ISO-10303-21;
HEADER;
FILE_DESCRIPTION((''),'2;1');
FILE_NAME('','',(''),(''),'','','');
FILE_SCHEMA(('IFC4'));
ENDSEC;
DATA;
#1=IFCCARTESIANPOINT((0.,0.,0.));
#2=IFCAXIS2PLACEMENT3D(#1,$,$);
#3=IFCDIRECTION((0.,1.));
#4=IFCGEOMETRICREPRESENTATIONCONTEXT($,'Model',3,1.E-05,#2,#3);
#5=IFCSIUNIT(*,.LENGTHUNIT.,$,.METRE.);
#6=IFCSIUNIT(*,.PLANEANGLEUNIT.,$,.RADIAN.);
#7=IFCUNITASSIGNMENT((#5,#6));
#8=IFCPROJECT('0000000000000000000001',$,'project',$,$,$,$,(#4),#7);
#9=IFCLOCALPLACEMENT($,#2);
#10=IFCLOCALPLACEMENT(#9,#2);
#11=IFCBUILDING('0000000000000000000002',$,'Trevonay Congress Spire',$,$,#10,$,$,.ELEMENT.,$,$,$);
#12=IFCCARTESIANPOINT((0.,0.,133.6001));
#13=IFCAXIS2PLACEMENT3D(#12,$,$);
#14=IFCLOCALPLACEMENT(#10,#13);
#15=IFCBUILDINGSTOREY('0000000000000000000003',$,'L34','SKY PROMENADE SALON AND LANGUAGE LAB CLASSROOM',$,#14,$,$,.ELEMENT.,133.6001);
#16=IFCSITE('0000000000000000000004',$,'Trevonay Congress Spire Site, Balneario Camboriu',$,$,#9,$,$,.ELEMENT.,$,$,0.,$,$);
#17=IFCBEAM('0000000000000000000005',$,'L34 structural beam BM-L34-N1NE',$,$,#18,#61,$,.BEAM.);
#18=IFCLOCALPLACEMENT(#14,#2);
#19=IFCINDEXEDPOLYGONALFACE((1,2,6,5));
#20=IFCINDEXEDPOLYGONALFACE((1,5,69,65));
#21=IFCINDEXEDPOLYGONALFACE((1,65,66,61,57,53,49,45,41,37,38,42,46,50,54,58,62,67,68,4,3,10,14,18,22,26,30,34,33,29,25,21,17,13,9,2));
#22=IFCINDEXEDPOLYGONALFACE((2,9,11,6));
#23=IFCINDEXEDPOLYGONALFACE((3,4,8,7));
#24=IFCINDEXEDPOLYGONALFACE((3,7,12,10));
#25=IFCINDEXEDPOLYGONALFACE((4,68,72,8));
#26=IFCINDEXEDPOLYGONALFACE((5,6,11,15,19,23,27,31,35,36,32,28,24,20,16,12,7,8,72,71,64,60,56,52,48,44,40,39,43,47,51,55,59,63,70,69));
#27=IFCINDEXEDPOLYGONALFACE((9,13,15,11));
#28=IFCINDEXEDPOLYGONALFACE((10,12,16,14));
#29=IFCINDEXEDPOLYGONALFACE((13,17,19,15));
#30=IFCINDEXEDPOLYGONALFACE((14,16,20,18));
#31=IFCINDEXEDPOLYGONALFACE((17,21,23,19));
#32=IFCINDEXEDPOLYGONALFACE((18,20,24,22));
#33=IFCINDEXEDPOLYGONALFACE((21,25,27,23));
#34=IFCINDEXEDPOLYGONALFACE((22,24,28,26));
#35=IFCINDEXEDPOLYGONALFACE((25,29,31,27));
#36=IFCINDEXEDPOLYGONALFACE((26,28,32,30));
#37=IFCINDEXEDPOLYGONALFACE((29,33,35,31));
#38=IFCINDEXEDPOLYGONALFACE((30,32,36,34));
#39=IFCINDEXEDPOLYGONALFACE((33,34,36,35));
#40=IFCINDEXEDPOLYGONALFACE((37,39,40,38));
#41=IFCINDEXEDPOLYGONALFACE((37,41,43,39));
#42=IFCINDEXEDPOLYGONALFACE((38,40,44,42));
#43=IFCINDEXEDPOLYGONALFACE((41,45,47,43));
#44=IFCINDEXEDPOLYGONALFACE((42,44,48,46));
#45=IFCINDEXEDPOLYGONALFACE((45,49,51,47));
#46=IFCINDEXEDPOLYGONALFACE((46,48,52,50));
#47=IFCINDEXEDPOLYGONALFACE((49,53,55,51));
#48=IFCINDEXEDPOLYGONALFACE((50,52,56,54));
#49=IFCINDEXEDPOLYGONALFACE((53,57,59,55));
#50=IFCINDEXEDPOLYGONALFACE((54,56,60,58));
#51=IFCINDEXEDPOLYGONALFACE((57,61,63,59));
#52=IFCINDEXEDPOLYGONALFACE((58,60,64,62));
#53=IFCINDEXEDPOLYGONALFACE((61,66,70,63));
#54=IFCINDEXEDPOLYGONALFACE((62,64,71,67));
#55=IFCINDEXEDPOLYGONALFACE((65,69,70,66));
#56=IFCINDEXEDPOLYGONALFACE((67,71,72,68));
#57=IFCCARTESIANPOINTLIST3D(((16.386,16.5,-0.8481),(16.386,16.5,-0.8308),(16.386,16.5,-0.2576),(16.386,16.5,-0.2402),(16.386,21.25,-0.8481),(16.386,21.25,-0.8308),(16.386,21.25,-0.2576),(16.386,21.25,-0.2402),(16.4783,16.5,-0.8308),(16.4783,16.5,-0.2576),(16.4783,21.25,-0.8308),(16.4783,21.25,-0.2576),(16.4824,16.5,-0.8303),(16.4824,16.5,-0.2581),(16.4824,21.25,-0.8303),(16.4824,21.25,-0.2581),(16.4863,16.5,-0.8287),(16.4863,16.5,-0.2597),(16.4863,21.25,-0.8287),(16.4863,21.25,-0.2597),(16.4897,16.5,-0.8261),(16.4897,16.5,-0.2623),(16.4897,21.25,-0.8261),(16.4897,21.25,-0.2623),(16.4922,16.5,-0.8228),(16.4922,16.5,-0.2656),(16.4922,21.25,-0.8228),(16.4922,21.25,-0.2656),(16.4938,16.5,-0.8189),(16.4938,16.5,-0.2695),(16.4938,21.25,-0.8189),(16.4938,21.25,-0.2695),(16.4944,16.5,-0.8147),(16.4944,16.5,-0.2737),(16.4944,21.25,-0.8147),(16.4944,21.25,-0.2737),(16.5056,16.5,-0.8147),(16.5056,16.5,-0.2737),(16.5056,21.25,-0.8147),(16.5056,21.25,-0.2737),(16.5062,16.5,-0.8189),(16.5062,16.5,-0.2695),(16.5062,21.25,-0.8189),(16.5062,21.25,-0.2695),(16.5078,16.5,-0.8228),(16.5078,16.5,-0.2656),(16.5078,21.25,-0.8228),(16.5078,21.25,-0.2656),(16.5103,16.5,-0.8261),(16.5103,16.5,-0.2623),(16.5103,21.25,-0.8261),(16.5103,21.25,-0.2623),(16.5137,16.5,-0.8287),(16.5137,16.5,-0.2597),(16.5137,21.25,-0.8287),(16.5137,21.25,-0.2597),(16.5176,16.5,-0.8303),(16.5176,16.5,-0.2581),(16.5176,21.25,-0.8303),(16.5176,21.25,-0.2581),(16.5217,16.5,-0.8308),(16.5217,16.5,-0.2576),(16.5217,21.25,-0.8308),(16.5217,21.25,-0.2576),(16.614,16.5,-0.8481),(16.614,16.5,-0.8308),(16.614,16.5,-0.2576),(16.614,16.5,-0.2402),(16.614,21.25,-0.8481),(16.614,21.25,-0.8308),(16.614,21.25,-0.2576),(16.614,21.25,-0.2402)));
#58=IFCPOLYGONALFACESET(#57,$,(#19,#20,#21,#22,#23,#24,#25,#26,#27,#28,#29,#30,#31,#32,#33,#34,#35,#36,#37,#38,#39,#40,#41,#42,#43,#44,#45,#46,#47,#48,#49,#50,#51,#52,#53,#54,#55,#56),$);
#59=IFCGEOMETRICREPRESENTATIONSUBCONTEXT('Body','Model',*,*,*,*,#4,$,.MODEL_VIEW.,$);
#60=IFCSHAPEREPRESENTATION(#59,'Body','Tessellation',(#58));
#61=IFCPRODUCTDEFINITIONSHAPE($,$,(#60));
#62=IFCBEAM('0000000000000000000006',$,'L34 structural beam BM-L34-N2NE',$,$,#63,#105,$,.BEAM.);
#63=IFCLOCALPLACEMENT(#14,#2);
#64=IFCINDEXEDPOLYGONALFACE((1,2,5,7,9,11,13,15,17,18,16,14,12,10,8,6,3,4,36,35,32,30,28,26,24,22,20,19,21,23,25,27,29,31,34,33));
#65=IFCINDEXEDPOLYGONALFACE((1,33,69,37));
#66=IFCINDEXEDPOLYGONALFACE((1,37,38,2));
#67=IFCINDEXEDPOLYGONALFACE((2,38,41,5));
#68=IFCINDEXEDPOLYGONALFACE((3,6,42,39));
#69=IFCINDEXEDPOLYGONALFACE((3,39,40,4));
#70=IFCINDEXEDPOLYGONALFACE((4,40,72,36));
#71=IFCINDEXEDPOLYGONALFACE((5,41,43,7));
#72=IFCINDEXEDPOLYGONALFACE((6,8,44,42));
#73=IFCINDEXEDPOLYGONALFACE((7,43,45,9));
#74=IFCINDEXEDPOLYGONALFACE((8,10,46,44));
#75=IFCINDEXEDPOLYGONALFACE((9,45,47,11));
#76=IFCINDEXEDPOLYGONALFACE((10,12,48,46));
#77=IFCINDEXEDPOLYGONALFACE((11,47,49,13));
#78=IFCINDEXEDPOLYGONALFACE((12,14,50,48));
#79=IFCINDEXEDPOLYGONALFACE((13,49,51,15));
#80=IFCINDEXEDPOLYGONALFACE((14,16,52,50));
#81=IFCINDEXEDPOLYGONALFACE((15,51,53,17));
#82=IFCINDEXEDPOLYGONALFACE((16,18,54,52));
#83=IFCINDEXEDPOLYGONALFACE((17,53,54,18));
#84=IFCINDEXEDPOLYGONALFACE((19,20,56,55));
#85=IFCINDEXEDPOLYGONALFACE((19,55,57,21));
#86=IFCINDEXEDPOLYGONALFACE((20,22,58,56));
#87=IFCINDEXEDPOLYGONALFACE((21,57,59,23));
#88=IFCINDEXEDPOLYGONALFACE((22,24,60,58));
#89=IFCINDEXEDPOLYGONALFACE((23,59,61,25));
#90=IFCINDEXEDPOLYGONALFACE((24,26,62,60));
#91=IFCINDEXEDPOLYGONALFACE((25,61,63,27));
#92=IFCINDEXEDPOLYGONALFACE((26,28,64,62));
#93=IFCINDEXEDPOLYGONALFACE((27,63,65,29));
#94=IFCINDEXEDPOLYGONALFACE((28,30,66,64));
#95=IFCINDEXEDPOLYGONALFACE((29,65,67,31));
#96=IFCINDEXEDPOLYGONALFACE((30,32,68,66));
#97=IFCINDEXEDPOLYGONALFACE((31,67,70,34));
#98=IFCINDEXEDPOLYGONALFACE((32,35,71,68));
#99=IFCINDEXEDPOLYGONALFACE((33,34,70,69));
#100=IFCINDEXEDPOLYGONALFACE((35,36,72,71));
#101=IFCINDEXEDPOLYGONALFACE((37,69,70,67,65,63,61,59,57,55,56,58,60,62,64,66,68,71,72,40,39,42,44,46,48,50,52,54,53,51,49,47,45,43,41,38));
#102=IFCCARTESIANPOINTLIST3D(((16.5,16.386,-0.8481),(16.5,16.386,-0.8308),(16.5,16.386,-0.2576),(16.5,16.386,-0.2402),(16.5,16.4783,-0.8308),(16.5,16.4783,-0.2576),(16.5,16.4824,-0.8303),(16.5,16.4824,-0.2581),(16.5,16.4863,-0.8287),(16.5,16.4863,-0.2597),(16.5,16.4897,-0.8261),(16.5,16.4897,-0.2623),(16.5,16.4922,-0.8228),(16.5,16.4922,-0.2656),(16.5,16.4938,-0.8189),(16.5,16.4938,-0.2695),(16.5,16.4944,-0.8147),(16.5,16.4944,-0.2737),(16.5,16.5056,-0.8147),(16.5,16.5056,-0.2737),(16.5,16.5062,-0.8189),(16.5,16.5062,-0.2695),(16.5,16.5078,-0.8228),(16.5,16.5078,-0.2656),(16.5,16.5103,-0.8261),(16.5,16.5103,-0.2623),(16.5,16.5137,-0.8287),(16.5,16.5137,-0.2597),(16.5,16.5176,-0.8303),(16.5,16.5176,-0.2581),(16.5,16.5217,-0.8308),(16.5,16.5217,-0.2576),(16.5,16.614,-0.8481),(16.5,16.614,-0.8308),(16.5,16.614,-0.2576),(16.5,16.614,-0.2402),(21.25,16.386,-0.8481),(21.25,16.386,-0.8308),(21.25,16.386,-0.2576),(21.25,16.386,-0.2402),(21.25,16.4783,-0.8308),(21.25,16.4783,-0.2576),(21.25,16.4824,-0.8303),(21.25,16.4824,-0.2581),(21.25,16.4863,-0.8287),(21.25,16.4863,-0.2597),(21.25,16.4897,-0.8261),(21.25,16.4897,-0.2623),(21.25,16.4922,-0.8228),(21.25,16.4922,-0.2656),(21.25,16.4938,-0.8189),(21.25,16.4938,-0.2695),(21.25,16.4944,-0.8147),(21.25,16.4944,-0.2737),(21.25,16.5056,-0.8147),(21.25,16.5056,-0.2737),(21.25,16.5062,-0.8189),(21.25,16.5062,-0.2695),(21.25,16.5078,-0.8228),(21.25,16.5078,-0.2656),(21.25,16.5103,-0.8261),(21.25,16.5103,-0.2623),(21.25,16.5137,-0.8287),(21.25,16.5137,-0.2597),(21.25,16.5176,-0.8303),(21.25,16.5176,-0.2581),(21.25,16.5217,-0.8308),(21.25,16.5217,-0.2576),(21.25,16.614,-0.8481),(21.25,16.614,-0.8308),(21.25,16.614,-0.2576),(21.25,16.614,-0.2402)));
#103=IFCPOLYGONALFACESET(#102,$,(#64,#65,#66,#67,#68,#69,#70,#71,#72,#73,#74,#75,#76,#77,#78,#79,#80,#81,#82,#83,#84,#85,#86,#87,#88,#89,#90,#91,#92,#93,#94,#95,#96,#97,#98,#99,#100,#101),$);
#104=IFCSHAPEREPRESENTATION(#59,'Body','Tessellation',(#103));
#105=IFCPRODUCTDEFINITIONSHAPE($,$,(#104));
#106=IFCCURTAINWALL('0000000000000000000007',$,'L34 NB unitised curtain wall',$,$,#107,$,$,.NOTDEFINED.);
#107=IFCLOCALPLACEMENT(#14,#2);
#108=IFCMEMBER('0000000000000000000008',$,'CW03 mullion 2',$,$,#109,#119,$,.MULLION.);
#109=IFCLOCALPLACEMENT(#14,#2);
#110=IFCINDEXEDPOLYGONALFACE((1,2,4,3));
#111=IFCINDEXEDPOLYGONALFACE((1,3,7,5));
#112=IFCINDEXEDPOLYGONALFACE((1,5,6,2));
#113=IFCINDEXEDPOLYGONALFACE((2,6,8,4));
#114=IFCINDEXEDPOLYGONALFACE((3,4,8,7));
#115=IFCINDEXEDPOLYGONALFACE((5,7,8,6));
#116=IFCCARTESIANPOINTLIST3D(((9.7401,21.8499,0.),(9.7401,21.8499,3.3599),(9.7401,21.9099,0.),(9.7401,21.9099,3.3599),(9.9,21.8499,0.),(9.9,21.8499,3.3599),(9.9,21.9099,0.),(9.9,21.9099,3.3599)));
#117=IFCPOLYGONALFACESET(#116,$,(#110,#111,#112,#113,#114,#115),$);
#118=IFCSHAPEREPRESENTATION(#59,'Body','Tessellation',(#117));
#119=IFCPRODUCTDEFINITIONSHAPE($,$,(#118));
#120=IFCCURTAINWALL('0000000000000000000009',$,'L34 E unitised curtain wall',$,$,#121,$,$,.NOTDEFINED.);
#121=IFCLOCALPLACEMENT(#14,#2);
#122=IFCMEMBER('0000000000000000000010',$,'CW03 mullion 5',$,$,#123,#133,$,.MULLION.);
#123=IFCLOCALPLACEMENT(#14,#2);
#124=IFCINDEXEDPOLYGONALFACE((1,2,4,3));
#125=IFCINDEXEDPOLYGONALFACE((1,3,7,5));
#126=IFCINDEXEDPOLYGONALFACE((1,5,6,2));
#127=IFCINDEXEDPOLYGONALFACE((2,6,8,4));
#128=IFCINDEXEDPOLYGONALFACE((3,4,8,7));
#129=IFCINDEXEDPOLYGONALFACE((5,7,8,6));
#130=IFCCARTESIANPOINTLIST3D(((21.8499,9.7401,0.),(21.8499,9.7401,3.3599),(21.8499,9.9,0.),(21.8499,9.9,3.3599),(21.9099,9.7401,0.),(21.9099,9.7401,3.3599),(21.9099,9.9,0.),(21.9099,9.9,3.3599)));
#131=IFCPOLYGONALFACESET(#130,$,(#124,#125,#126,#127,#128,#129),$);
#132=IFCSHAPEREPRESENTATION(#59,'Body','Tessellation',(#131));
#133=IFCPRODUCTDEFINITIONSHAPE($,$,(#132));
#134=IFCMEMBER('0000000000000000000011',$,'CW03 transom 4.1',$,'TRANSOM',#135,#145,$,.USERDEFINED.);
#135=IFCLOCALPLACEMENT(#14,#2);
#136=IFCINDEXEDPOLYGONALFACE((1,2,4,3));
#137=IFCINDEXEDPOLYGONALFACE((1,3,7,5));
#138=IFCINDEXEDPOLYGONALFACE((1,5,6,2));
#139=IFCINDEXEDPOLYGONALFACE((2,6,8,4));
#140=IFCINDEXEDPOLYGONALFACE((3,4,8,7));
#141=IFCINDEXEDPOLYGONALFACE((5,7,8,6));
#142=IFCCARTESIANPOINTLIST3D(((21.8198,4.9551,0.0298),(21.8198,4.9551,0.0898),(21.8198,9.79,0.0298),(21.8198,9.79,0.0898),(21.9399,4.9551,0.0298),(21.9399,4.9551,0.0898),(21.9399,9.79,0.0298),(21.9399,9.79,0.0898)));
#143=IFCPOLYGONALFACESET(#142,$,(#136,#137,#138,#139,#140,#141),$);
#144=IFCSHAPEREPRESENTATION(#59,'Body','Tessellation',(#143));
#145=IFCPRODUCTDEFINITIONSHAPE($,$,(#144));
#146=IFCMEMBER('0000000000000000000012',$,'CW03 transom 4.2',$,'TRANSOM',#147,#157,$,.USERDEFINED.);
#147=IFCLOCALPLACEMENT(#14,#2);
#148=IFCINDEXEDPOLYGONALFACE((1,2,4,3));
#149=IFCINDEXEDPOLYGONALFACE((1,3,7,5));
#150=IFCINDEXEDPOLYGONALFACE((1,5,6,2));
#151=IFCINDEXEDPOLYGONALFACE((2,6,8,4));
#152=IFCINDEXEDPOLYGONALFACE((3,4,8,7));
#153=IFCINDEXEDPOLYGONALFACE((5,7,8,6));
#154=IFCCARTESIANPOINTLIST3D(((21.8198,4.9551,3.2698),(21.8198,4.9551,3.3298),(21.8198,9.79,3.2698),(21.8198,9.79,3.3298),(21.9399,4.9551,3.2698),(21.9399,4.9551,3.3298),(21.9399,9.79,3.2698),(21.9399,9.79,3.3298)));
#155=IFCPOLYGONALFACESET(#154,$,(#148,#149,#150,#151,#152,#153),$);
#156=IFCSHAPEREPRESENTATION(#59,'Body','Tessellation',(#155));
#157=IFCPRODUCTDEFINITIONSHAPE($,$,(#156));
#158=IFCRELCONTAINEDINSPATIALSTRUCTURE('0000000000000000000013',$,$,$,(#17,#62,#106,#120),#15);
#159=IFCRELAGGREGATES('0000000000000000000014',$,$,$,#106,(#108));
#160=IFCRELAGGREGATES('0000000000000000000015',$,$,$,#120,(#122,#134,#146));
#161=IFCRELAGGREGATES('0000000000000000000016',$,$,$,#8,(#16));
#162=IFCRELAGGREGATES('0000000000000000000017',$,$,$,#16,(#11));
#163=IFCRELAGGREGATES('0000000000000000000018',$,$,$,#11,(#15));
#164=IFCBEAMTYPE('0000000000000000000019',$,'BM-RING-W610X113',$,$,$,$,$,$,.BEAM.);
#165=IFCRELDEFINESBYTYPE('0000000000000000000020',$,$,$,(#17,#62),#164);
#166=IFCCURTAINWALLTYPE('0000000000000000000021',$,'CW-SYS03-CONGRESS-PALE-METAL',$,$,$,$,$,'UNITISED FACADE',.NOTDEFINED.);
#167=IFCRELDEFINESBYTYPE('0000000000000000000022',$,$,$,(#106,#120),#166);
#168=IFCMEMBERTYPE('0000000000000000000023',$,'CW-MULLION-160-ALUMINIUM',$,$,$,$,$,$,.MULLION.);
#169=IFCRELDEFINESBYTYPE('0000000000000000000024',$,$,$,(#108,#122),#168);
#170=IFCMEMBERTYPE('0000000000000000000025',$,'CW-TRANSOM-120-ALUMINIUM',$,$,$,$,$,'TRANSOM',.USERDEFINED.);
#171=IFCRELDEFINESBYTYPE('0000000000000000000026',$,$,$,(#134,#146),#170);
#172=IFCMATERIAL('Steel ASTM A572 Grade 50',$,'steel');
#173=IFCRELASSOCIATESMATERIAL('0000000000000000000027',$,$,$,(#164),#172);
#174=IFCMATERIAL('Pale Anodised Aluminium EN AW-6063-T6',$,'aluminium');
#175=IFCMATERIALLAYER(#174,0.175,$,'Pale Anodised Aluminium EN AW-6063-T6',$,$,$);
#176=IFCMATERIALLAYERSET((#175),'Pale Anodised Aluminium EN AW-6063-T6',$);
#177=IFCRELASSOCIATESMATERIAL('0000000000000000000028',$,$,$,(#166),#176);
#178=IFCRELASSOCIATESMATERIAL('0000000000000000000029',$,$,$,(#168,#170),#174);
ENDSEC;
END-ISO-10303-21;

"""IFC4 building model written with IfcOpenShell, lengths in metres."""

from ifc_helpers import new_model, si_unit, direction, frame, origin, origin_2d, place, context, subcontext, project, spatial, rectangle, i_section, extrude, material, layer, layer_set, material_profile, profile_set, type_object, element, aggregate, save


model = new_model("IFC4")

# Units and contexts
model_context = context("Model", 3, precision=1e-05, world=origin(), true_north=direction((0.0, 1.0)))
body_context = subcontext(model_context, "Body", "Model", "MODEL_VIEW")
ifc_project = project(units=[si_unit("LENGTHUNIT", "METRE"), si_unit("PLANEANGLEUNIT", "RADIAN")], contexts=[model_context])

# Site, building, storey
site_placement = place(None, origin())
site = spatial("IfcSite", under=ifc_project, at=site_placement, Name="Trevonay Congress Spire Site, Balneario Camboriu", CompositionType="ELEMENT", RefElevation=0.0)
building_placement = place(site_placement, origin())
building = spatial("IfcBuilding", under=site, at=building_placement, Name="Trevonay Congress Spire", CompositionType="ELEMENT")
storey_placement = place(building_placement, frame((0.0, 0.0, 133.6001)))
storey = spatial("IfcBuildingStorey", under=building, at=storey_placement, Name="L34", Description="SKY PROMENADE SALON AND LANGUAGE LAB CLASSROOM", CompositionType="ELEMENT", Elevation=133.6001)

# Shared definitions
ifc_material_1 = material(Name="Steel ASTM A572 Grade 50", Category="steel")

# Beams
ifc_material_profile_1 = material_profile(ifc_material_1, i_section(OverallWidth=0.228, OverallDepth=0.6079, WebThickness=0.0112, FlangeThickness=0.0173, FilletRadius=0.0161, at=origin_2d()), Name="W610x113")
ifc_profile_set_1 = profile_set([ifc_material_profile_1], Name="Steel ASTM A572 Grade 50")
beam_type = type_object("IfcBeamType", Name="BM-RING-W610X113", PredefinedType="BEAM", material=ifc_profile_set_1)
for number, where, z_axis, x_axis, name in (
    (1, (16.5, 21.25, -0.5442), (0.0, -1.0, 0.0), (1.0, 0.0, 0.0), "L34 structural beam BM-L34-N1NE"),
    (2, (21.25, 16.5, -0.5442), (-1.0, 0.0, 0.0), (0.0, -1.0, 0.0), "L34 structural beam BM-L34-N2NE"),
):
    element("IfcBeam", number, at=place(storey_placement, frame(where, z_axis=z_axis, x_axis=x_axis)), inside=storey, type_object=beam_type, Name=name, PredefinedType="BEAM", context=body_context, shape_type="SweptSolid", body=[
        extrude(i_section(OverallWidth=0.228, OverallDepth=0.6079, WebThickness=0.0112, FlangeThickness=0.0173, FilletRadius=0.0161, at=origin_2d()), origin(), (0.0, 0.0, 1.0), 4.75),
    ])

# Curtain wall, member
ifc_material_2 = material(Name="Pale Anodised Aluminium EN AW-6063-T6", Category="aluminium")
ifc_layer_1 = layer(ifc_material_2, 0.175, Name="Pale Anodised Aluminium EN AW-6063-T6")
ifc_layer_set_1 = layer_set([ifc_layer_1], Name="Pale Anodised Aluminium EN AW-6063-T6")
curtain_wall_type = type_object("IfcCurtainWallType", Name="CW-SYS03-CONGRESS-PALE-METAL", ElementType="UNITISED FACADE", PredefinedType="NOTDEFINED", material=ifc_layer_set_1)
curtain_wall_1_placement = place(storey_placement, origin())
curtain_wall_1 = element("IfcCurtainWall", 3, at=curtain_wall_1_placement, inside=storey, type_object=curtain_wall_type, Name="L34 NB unitised curtain wall", PredefinedType="NOTDEFINED")
ifc_material_profile_2 = material_profile(ifc_material_2, rectangle(XDim=0.0601, YDim=0.1599, at=origin_2d()), Name="CW-MULLION-160-ALUMINIUM")
ifc_profile_set_2 = profile_set([ifc_material_profile_2], Name="Pale Anodised Aluminium EN AW-6063-T6")
member_type_1 = type_object("IfcMemberType", Name="CW-MULLION-160-ALUMINIUM", PredefinedType="MULLION", material=ifc_profile_set_2)
member_1_placement = place(storey_placement, frame((9.8201, 21.8799, 0.0), z_axis=(0.0, 0.0, 1.0), x_axis=(0.0, 1.0, 0.0)))
member_1 = element("IfcMember", 4, at=member_1_placement, type_object=member_type_1, Name="CW03 mullion 2", PredefinedType="MULLION", context=body_context, shape_type="SweptSolid", body=[
    extrude(rectangle(XDim=0.0601, YDim=0.1599, at=origin_2d()), origin(), (0.0, 0.0, 1.0), 3.3599),
])
aggregate(curtain_wall_1, [member_1])

# Curtain wall, members
curtain_wall_2_placement = place(storey_placement, origin())
curtain_wall_2 = element("IfcCurtainWall", 5, at=curtain_wall_2_placement, inside=storey, type_object=curtain_wall_type, Name="L34 E unitised curtain wall", PredefinedType="NOTDEFINED")
member_2_placement = place(storey_placement, frame((21.8799, 9.8201, 0.0), z_axis=(0.0, 0.0, 1.0), x_axis=(-1.0, 0.0, 0.0)))
member_2 = element("IfcMember", 6, at=member_2_placement, type_object=member_type_1, Name="CW03 mullion 5", PredefinedType="MULLION", context=body_context, shape_type="SweptSolid", body=[
    extrude(rectangle(XDim=0.0601, YDim=0.1599, at=origin_2d()), origin(), (0.0, 0.0, 1.0), 3.3599),
])
ifc_material_profile_3 = material_profile(ifc_material_2, rectangle(XDim=0.1201, YDim=0.0601, at=origin_2d()), Name="CW-TRANSOM-120-ALUMINIUM")
ifc_profile_set_3 = profile_set([ifc_material_profile_3], Name="Pale Anodised Aluminium EN AW-6063-T6")
member_type_2 = type_object("IfcMemberType", Name="CW-TRANSOM-120-ALUMINIUM", ElementType="TRANSOM", PredefinedType="USERDEFINED", material=ifc_profile_set_3)
member_3_placement = place(storey_placement, frame((21.8799, 4.9551, 0.0598), z_axis=(0.0, 1.0, 0.0), x_axis=(-1.0, 0.0, 0.0)))
member_3 = element("IfcMember", 7, at=member_3_placement, type_object=member_type_2, Name="CW03 transom 4.1", ObjectType="TRANSOM", PredefinedType="USERDEFINED", context=body_context, shape_type="SweptSolid", body=[
    extrude(rectangle(XDim=0.1201, YDim=0.0601, at=origin_2d()), origin(), (0.0, 0.0, 1.0), 4.835),
])
member_4_placement = place(storey_placement, frame((21.8799, 4.9551, 3.2998), z_axis=(0.0, 1.0, 0.0), x_axis=(-1.0, 0.0, 0.0)))
member_4 = element("IfcMember", 8, at=member_4_placement, type_object=member_type_2, Name="CW03 transom 4.2", ObjectType="TRANSOM", PredefinedType="USERDEFINED", context=body_context, shape_type="SweptSolid", body=[
    extrude(rectangle(XDim=0.1201, YDim=0.0601, at=origin_2d()), origin(), (0.0, 0.0, 1.0), 4.835),
])

aggregate(curtain_wall_2, [member_2, member_3, member_4])

save(model, "model.ifc")
